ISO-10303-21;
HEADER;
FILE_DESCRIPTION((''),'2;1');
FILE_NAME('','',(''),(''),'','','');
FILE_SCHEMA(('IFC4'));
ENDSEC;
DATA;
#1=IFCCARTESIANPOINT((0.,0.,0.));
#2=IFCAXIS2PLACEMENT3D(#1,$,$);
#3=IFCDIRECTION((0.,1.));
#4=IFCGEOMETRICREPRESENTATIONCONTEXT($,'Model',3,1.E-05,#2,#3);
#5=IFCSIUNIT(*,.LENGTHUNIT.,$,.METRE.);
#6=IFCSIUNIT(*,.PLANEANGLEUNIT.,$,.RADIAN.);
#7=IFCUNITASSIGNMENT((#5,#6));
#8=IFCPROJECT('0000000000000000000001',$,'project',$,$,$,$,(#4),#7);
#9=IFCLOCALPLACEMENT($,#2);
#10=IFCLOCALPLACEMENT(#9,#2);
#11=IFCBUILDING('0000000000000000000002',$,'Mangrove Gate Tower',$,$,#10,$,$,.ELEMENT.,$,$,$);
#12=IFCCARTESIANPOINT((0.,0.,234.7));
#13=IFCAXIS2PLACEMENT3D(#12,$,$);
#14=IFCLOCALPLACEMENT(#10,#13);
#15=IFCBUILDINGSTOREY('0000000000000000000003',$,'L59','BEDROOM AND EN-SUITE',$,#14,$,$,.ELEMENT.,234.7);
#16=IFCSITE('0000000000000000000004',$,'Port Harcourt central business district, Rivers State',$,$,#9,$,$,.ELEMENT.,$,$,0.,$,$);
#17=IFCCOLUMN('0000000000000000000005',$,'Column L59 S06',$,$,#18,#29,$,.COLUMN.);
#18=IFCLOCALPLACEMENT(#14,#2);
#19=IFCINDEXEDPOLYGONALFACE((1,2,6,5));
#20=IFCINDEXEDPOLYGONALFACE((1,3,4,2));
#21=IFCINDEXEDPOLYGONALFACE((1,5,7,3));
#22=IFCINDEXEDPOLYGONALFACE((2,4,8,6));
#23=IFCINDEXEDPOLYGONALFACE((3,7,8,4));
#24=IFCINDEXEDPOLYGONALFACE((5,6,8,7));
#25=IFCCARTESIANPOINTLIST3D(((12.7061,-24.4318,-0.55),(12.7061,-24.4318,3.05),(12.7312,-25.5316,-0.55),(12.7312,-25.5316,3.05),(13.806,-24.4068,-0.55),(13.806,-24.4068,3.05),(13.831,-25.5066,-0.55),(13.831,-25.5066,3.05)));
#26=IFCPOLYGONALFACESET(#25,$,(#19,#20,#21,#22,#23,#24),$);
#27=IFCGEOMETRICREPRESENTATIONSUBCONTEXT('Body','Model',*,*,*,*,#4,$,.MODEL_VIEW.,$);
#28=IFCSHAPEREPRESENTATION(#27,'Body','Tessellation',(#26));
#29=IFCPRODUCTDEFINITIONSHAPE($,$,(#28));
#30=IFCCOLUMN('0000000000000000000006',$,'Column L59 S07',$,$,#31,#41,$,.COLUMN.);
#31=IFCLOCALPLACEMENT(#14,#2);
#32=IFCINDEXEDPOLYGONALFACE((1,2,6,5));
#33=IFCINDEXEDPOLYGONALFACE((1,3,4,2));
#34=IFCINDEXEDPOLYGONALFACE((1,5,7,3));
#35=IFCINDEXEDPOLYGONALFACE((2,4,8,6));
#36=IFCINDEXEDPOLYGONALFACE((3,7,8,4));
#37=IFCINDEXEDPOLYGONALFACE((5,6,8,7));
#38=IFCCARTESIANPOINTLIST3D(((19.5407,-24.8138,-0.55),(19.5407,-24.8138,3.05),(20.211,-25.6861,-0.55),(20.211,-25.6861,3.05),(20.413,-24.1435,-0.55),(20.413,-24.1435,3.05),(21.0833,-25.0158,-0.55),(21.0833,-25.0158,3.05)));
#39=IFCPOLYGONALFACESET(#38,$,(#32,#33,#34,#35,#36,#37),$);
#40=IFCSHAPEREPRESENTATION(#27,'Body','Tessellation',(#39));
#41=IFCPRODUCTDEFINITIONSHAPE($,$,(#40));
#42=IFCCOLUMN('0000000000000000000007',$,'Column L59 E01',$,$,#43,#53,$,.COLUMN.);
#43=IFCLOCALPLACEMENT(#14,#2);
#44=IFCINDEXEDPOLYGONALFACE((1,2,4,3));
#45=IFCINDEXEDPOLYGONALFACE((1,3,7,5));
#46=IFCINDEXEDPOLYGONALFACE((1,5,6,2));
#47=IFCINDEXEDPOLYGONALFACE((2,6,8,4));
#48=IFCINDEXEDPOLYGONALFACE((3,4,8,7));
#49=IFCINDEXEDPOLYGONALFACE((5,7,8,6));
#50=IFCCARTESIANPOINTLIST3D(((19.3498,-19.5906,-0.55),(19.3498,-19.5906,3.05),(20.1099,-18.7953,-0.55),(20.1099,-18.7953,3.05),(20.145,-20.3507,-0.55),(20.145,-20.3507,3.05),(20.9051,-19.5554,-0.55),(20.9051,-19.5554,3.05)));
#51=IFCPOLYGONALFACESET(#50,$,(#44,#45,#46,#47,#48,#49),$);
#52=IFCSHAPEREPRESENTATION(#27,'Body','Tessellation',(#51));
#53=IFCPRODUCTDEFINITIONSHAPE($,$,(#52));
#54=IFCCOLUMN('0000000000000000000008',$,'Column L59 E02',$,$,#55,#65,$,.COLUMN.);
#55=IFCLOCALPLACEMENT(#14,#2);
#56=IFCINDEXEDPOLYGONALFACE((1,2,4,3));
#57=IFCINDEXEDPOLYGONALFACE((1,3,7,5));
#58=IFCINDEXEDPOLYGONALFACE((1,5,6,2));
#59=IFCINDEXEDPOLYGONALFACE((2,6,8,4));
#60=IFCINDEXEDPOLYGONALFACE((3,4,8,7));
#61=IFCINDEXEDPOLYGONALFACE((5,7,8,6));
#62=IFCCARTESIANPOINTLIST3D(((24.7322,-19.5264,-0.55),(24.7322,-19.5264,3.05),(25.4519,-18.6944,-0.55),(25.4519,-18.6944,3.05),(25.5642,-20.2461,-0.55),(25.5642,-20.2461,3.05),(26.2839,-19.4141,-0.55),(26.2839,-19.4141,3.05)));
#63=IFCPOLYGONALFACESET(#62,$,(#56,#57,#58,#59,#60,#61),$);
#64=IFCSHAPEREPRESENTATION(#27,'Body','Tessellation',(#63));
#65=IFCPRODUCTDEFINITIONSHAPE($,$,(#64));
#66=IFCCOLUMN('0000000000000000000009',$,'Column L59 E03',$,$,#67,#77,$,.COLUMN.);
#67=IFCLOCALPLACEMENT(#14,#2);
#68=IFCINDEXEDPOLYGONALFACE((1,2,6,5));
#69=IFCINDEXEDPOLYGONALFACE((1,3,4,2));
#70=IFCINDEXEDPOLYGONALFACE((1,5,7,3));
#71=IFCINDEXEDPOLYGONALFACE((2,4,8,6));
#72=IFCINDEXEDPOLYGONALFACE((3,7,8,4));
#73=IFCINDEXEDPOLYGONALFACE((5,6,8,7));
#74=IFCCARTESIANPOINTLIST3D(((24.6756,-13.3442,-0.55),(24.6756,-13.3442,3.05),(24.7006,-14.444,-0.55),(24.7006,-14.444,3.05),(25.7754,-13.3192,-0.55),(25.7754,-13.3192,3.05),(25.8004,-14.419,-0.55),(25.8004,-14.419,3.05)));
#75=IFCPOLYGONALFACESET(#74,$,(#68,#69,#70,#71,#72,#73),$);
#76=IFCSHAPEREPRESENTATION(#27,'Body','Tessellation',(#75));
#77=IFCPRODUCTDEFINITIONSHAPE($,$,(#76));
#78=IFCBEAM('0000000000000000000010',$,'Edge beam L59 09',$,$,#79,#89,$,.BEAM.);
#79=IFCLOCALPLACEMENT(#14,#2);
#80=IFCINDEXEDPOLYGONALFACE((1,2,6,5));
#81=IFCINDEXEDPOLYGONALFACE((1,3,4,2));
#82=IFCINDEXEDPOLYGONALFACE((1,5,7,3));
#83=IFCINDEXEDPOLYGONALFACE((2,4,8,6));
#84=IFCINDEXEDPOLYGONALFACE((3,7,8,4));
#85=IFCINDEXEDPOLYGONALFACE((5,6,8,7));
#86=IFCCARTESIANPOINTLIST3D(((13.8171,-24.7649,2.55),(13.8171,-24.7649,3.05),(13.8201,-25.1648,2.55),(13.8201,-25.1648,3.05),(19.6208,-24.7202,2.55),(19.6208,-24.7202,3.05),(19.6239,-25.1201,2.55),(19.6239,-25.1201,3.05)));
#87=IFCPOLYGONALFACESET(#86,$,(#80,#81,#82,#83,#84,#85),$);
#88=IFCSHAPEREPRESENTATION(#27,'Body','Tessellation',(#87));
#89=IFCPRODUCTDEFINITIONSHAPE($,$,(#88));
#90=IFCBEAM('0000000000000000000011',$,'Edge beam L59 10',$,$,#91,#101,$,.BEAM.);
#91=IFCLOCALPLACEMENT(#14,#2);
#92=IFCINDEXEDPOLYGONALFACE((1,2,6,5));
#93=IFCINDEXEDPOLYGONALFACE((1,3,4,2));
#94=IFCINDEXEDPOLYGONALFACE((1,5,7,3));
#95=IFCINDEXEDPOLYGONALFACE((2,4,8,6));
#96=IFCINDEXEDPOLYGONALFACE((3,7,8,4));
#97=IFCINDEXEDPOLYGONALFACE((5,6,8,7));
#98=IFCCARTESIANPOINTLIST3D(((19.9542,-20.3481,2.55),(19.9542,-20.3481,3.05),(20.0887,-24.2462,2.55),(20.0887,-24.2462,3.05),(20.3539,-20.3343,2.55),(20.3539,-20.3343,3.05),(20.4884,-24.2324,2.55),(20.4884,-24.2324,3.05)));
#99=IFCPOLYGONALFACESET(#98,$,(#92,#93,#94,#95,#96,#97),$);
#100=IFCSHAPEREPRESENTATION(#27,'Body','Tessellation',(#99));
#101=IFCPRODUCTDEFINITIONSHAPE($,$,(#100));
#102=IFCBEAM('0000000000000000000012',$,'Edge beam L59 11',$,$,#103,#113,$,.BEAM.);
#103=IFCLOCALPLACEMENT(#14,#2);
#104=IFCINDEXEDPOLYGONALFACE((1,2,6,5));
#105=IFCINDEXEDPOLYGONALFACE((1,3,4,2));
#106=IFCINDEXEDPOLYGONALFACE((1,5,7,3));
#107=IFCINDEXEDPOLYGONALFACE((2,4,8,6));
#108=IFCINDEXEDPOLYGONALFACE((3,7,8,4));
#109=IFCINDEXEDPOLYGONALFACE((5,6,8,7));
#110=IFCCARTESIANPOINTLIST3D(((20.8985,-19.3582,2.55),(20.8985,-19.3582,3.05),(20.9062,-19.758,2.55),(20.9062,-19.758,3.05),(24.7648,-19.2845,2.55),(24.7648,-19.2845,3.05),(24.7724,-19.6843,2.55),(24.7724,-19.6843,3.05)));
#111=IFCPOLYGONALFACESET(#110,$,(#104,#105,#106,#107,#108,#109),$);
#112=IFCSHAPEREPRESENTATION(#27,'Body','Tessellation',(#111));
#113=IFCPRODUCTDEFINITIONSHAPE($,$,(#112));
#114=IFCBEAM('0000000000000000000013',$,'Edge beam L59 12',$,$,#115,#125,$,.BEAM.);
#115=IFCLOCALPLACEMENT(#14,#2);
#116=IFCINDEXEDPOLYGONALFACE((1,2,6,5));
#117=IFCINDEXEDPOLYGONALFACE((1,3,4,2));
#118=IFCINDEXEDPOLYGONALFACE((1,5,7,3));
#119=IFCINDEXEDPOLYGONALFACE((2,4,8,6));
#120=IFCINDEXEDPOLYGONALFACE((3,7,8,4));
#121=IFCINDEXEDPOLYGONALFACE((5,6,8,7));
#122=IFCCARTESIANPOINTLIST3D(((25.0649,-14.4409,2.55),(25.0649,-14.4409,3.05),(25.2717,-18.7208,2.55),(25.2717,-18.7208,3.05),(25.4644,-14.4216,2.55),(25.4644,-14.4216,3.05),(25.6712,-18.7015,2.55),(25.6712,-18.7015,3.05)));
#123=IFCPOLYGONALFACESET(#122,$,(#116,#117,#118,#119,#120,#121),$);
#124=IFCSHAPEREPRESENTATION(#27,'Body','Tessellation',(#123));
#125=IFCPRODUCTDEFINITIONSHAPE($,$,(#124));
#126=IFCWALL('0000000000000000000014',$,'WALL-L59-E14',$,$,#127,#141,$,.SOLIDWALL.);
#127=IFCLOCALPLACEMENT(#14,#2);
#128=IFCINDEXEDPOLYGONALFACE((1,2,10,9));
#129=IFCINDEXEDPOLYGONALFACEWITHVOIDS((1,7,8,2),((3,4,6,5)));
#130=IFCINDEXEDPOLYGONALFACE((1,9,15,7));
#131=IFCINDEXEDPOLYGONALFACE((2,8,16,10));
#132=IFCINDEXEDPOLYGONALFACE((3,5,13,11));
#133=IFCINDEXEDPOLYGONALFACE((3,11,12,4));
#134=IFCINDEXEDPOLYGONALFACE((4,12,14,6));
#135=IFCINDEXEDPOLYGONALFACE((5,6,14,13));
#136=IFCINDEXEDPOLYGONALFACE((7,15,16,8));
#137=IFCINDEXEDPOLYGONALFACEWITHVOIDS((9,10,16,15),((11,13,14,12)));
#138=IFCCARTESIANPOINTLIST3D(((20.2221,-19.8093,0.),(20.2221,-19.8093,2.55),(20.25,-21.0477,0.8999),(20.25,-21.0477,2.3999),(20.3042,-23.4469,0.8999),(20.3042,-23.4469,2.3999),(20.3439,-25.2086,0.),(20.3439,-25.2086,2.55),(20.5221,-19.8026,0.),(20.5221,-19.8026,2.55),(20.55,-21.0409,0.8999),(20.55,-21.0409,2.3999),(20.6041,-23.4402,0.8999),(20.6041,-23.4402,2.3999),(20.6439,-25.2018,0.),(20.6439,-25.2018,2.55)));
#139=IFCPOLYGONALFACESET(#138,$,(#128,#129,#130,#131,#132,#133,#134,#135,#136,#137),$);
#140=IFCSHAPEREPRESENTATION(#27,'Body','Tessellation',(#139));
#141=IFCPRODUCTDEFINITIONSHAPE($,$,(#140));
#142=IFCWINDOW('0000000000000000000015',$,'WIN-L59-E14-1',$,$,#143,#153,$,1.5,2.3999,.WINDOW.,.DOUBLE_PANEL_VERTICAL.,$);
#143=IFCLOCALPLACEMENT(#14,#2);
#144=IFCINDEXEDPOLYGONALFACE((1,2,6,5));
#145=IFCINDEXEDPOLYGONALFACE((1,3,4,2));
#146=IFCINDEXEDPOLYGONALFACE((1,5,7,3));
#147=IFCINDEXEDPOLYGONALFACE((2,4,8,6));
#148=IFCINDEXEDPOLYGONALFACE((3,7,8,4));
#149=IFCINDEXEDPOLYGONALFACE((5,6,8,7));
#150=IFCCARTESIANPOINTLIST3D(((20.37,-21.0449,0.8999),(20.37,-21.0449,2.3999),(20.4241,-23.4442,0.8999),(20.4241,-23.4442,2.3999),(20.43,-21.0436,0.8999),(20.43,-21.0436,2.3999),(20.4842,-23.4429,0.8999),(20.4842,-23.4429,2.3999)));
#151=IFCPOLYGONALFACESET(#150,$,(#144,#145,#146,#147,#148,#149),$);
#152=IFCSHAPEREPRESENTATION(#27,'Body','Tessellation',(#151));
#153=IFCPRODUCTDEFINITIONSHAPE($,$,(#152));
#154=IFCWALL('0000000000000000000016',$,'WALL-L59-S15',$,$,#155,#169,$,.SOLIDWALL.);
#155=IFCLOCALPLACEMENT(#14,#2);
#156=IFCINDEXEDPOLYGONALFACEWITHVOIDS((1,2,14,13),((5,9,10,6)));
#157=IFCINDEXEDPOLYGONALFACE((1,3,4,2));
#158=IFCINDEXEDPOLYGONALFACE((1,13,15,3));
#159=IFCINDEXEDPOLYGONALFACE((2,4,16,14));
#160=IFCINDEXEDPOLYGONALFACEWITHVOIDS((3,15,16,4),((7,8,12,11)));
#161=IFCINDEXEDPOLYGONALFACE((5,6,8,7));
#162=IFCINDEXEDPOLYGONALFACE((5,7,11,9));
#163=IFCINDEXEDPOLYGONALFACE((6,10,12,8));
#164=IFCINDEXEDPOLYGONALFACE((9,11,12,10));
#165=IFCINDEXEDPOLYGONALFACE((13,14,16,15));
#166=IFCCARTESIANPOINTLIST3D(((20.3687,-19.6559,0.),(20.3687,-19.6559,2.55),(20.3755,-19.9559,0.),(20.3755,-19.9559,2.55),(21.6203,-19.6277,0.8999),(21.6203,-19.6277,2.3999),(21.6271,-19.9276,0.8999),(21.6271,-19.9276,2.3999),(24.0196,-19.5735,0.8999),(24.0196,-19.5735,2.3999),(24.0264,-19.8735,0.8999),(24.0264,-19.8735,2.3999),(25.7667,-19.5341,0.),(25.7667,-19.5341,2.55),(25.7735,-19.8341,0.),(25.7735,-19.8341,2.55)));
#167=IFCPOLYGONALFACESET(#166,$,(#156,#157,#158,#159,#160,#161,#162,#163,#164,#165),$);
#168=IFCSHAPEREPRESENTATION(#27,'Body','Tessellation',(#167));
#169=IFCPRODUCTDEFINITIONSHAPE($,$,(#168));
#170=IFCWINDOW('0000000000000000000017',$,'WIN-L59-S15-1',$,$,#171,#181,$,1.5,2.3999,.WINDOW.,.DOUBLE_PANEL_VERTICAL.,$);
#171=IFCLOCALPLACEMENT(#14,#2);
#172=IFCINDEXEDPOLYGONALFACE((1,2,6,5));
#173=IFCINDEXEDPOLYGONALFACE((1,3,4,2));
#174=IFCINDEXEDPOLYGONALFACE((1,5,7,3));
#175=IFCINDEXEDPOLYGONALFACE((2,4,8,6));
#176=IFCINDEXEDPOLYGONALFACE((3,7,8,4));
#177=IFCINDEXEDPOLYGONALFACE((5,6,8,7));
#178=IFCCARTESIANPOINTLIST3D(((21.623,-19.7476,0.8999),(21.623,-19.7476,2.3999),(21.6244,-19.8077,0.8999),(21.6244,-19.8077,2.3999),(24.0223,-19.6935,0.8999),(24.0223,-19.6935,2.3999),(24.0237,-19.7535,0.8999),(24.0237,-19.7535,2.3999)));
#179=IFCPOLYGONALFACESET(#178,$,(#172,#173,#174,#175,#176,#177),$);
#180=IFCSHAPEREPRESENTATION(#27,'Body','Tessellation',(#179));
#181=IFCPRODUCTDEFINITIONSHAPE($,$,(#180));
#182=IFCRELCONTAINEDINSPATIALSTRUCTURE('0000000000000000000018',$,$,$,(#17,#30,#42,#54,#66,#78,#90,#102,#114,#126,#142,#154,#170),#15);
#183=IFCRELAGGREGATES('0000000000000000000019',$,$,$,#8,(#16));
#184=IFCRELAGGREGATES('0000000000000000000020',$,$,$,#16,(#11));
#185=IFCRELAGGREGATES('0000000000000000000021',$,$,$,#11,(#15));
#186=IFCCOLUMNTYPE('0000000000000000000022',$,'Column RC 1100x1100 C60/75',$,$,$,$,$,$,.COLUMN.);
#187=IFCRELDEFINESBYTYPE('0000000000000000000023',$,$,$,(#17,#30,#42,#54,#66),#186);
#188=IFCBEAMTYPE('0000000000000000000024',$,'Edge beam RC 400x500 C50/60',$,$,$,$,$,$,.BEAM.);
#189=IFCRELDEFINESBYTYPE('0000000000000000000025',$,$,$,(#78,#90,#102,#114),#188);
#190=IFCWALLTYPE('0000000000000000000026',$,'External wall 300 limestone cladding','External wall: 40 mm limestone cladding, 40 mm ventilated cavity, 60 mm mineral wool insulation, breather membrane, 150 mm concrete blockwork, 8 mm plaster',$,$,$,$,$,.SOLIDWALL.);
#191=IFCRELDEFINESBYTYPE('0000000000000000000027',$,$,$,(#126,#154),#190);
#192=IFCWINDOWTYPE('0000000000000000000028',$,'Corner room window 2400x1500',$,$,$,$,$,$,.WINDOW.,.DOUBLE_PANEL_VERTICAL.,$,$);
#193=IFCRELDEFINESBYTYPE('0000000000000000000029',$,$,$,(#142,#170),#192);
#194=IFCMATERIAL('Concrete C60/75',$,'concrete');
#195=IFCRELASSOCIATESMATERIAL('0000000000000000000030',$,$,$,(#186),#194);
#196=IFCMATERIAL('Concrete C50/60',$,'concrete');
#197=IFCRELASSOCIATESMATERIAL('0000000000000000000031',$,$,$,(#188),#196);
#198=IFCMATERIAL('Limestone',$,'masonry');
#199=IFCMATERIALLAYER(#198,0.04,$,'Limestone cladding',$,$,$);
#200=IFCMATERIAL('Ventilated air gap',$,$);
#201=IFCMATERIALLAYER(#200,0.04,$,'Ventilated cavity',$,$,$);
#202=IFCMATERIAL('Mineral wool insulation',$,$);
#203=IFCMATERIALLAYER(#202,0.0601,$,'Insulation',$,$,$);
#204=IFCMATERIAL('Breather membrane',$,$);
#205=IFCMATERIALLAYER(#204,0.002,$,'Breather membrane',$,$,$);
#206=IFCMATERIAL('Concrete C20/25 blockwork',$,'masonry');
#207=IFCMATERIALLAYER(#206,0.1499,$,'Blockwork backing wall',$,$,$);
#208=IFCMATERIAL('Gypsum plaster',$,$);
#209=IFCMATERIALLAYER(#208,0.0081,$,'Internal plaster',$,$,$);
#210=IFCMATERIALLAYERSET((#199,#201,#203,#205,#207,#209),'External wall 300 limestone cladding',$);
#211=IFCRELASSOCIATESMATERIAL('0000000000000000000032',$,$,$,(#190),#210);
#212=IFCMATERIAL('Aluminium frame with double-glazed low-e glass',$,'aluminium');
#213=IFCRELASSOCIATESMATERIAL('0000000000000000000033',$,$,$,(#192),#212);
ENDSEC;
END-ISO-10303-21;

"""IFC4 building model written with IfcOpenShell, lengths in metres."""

from ifc_helpers import new_model, si_unit, direction, frame, frame_2d, origin, origin_2d, place, context, subcontext, project, spatial, rectangle, extrude, material, layer, layer_set, material_profile, profile_set, type_object, element, fill, save


model = new_model("IFC4")

# Units and contexts
model_context = context("Model", 3, precision=1e-05, world=origin(), true_north=direction((0.0, 1.0)))
body_context = subcontext(model_context, "Body", "Model", "MODEL_VIEW")
ifc_project = project(units=[si_unit("LENGTHUNIT", "METRE"), si_unit("PLANEANGLEUNIT", "RADIAN")], contexts=[model_context])

# Site, building, storey
site_placement = place(None, origin())
site = spatial("IfcSite", under=ifc_project, at=site_placement, Name="Port Harcourt central business district, Rivers State", CompositionType="ELEMENT", RefElevation=0.0)
building_placement = place(site_placement, origin())
building = spatial("IfcBuilding", under=site, at=building_placement, Name="Mangrove Gate Tower", CompositionType="ELEMENT")
storey_placement = place(building_placement, frame((0.0, 0.0, 234.7)))
storey = spatial("IfcBuildingStorey", under=building, at=storey_placement, Name="L59", Description="BEDROOM AND EN-SUITE", CompositionType="ELEMENT", Elevation=234.7)

# Columns
ifc_material_1 = material(Name="Concrete C60/75", Category="concrete")
ifc_material_profile_1 = material_profile(ifc_material_1, rectangle(XDim=1.1001, YDim=1.1001, at=origin_2d()))
ifc_profile_set_1 = profile_set([ifc_material_profile_1], Name="Concrete C60/75")
column_type = type_object("IfcColumnType", Name="Column RC 1100x1100 C60/75", PredefinedType="COLUMN", material=ifc_profile_set_1)
for number, where, z_axis, x_axis, name in (
    (1, (13.2686, -24.9692, -0.55), (0.0, 0.0, 1.0), (0.999742, 0.022734, 0.0), "Column L59 S06"),
    (2, (20.312, -24.9148, -0.55), (0.0, 0.0, 1.0), (0.792958, 0.609277, 0.0), "Column L59 S07"),
    (3, (20.1274, -19.573, -0.55), (0.0, 0.0, 1.0), (0.690952, 0.722901, 0.0), "Column L59 E01"),
    (4, (25.5081, -19.4702, -0.55), (0.0, 0.0, 1.0), (0.654235, 0.756292, 0.0), "Column L59 E02"),
    (5, (25.238, -13.8816, -0.55), (0.0, 0.0, 1.0), (-0.022727, 0.999742, 0.0), "Column L59 E03"),
):
    element("IfcColumn", number, at=place(storey_placement, frame(where, z_axis=z_axis, x_axis=x_axis)), inside=storey, type_object=column_type, Name=name, PredefinedType="COLUMN", context=body_context, shape_type="SweptSolid", body=[
        extrude(rectangle(XDim=1.1001, YDim=1.1001, at=origin_2d()), origin(), (0.0, 0.0, 1.0), 3.6001),
    ])

# Beams
ifc_material_2 = material(Name="Concrete C50/60", Category="concrete")
ifc_material_profile_2 = material_profile(ifc_material_2, rectangle(XDim=0.3999, YDim=0.5, at=origin_2d()))
ifc_profile_set_2 = profile_set([ifc_material_profile_2], Name="Concrete C50/60")
beam_type = type_object("IfcBeamType", Name="Edge beam RC 400x500 C50/60", PredefinedType="BEAM", material=ifc_profile_set_2)
beam_1_placement = place(storey_placement, frame((13.8186, -24.9648, 2.8), z_axis=(0.99997, 0.007698, 0.0), x_axis=(-0.007698, 0.99997, 0.0)))
element("IfcBeam", 6, at=beam_1_placement, inside=storey, type_object=beam_type, Name="Edge beam L59 09", PredefinedType="BEAM", context=body_context, shape_type="SweptSolid", body=[
    extrude(rectangle(XDim=0.3999, YDim=0.5, at=origin_2d()), origin(), (0.0, 0.0, 1.0), 5.804),
])
beam_2_placement = place(storey_placement, frame((20.2886, -24.2393, 2.8), z_axis=(-0.03449, 0.999405, 0.0), x_axis=(-0.999405, -0.03449, 0.0)))
element("IfcBeam", 7, at=beam_2_placement, inside=storey, type_object=beam_type, Name="Edge beam L59 10", PredefinedType="BEAM", context=body_context, shape_type="SweptSolid", body=[
    extrude(rectangle(XDim=0.3999, YDim=0.5, at=origin_2d()), origin(), (0.0, 0.0, 1.0), 3.9004),
])
beam_3_placement = place(storey_placement, frame((20.9023, -19.5581, 2.8), z_axis=(0.999818, 0.019067, 0.0), x_axis=(-0.019067, 0.999818, 0.0)))
element("IfcBeam", 8, at=beam_3_placement, inside=storey, type_object=beam_type, Name="Edge beam L59 11", PredefinedType="BEAM", context=body_context, shape_type="SweptSolid", body=[
    extrude(rectangle(XDim=0.3999, YDim=0.5, at=origin_2d()), origin(), (0.0, 0.0, 1.0), 3.8669),
])
beam_4_placement = place(storey_placement, frame((25.4714, -18.7112, 2.8), z_axis=(-0.048258, 0.998835, 0.0), x_axis=(-0.998835, -0.048258, 0.0)))
element("IfcBeam", 9, at=beam_4_placement, inside=storey, type_object=beam_type, Name="Edge beam L59 12", PredefinedType="BEAM", context=body_context, shape_type="SweptSolid", body=[
    extrude(rectangle(XDim=0.3999, YDim=0.5, at=origin_2d()), origin(), (0.0, 0.0, 1.0), 4.2849),
])

# Shared definitions
ifc_material_3 = material(Name="Limestone", Category="masonry")
ifc_layer_1 = layer(ifc_material_3, 0.04, Name="Limestone cladding")
ifc_material_4 = material(Name="Ventilated air gap")
ifc_layer_2 = layer(ifc_material_4, 0.04, Name="Ventilated cavity")
ifc_material_5 = material(Name="Mineral wool insulation")
ifc_layer_3 = layer(ifc_material_5, 0.0601, Name="Insulation")
ifc_material_6 = material(Name="Breather membrane")
ifc_layer_4 = layer(ifc_material_6, 0.002, Name="Breather membrane")
ifc_material_7 = material(Name="Concrete C20/25 blockwork", Category="masonry")
ifc_layer_5 = layer(ifc_material_7, 0.1499, Name="Blockwork backing wall")
ifc_material_8 = material(Name="Gypsum plaster")
ifc_layer_6 = layer(ifc_material_8, 0.0081, Name="Internal plaster")
ifc_layer_set_1 = layer_set([ifc_layer_1, ifc_layer_2, ifc_layer_3, ifc_layer_4, ifc_layer_5, ifc_layer_6], Name="External wall 300 limestone cladding")
wall_type_1 = type_object("IfcWallType", Name="External wall 300 limestone cladding", Description="External wall: 40 mm limestone cladding, 40 mm ventilated cavity, 60 mm mineral wool insulation, breather membrane, 150 mm concrete blockwork, 8 mm plaster", PredefinedType="SOLIDWALL", material=ifc_layer_set_1)
ifc_material_9 = material(Name="Aluminium frame with double-glazed low-e glass", Category="aluminium")
window_type = type_object("IfcWindowType", Name="Corner room window 2400x1500", PartitioningType="DOUBLE_PANEL_VERTICAL", PredefinedType="WINDOW", material=ifc_material_9)

# Walls, openings, windows
wall_1_placement = place(storey_placement, frame((20.4939, -25.2051, 0.0), z_axis=(0.0, 0.0, 1.0), x_axis=(-0.022558, 0.999746, 0.0)))
wall_1 = element("IfcWall", 10, at=wall_1_placement, inside=storey, type_object=wall_type_1, Name="WALL-L59-E14", PredefinedType="SOLIDWALL", context=body_context, shape_type="SweptSolid", body=[
    extrude(rectangle(XDim=5.4006, YDim=0.3, at=frame_2d((2.7002, 0.0))), origin(), (0.0, 0.0, 1.0), 2.55),
])
opening_1_placement = place(wall_1_placement, frame((1.762, 0.0, 0.8999)))
opening_1 = element("IfcOpeningElement", 11, at=opening_1_placement, cuts=wall_1, PredefinedType="OPENING", context=body_context, shape_type="SweptSolid", body=[
    extrude(rectangle(XDim=2.3999, YDim=1.5, at=frame_2d((1.2, 0.75))), frame((0.0, 0.1599, 0.0), z_axis=(0.0, -1.0, 0.0), x_axis=(1.0, 0.0, 0.0)), (0.0, 0.0, 1.0), 0.3201),
])
window_1_placement = place(opening_1_placement, origin())
window_1 = element("IfcWindow", 12, at=window_1_placement, inside=storey, type_object=window_type, Name="WIN-L59-E14-1", OverallHeight=1.5, OverallWidth=2.3999, PartitioningType="DOUBLE_PANEL_VERTICAL", PredefinedType="WINDOW", context=body_context, shape_type="SweptSolid", body=[
    extrude(rectangle(XDim=2.3999, YDim=1.5, at=frame_2d((1.2, 0.75))), frame((0.0, 0.03, 0.0), z_axis=(0.0, -1.0, 0.0), x_axis=(1.0, 0.0, 0.0)), (0.0, 0.0, 1.0), 0.0601),
])
fill(opening_1, window_1)
wall_2_placement = place(storey_placement, frame((20.3721, -19.8059, 0.0), z_axis=(0.0, 0.0, 1.0), x_axis=(0.999745, 0.022563, 0.0)))
wall_2 = element("IfcWall", 13, at=wall_2_placement, inside=storey, type_object=wall_type_1, Name="WALL-L59-S15", PredefinedType="SOLIDWALL", context=body_context, shape_type="SweptSolid", body=[
    extrude(rectangle(XDim=5.3994, YDim=0.3, at=frame_2d((2.6997, 0.0))), origin(), (0.0, 0.0, 1.0), 2.55),
])
opening_2_placement = place(wall_2_placement, frame((1.252, 0.0, 0.8999)))
opening_2 = element("IfcOpeningElement", 14, at=opening_2_placement, cuts=wall_2, PredefinedType="OPENING", context=body_context, shape_type="SweptSolid", body=[
    extrude(rectangle(XDim=2.3999, YDim=1.5, at=frame_2d((1.2, 0.75))), frame((0.0, 0.1599, 0.0), z_axis=(0.0, -1.0, 0.0), x_axis=(1.0, 0.0, 0.0)), (0.0, 0.0, 1.0), 0.3201),
])
window_2_placement = place(opening_2_placement, origin())
window_2 = element("IfcWindow", 15, at=window_2_placement, inside=storey, type_object=window_type, Name="WIN-L59-S15-1", OverallHeight=1.5, OverallWidth=2.3999, PartitioningType="DOUBLE_PANEL_VERTICAL", PredefinedType="WINDOW", context=body_context, shape_type="SweptSolid", body=[
    extrude(rectangle(XDim=2.3999, YDim=1.5, at=frame_2d((1.2, 0.75))), frame((0.0, 0.03, 0.0), z_axis=(0.0, -1.0, 0.0), x_axis=(1.0, 0.0, 0.0)), (0.0, 0.0, 1.0), 0.0601),
])
fill(opening_2, window_2)

save(model, "model.ifc")
